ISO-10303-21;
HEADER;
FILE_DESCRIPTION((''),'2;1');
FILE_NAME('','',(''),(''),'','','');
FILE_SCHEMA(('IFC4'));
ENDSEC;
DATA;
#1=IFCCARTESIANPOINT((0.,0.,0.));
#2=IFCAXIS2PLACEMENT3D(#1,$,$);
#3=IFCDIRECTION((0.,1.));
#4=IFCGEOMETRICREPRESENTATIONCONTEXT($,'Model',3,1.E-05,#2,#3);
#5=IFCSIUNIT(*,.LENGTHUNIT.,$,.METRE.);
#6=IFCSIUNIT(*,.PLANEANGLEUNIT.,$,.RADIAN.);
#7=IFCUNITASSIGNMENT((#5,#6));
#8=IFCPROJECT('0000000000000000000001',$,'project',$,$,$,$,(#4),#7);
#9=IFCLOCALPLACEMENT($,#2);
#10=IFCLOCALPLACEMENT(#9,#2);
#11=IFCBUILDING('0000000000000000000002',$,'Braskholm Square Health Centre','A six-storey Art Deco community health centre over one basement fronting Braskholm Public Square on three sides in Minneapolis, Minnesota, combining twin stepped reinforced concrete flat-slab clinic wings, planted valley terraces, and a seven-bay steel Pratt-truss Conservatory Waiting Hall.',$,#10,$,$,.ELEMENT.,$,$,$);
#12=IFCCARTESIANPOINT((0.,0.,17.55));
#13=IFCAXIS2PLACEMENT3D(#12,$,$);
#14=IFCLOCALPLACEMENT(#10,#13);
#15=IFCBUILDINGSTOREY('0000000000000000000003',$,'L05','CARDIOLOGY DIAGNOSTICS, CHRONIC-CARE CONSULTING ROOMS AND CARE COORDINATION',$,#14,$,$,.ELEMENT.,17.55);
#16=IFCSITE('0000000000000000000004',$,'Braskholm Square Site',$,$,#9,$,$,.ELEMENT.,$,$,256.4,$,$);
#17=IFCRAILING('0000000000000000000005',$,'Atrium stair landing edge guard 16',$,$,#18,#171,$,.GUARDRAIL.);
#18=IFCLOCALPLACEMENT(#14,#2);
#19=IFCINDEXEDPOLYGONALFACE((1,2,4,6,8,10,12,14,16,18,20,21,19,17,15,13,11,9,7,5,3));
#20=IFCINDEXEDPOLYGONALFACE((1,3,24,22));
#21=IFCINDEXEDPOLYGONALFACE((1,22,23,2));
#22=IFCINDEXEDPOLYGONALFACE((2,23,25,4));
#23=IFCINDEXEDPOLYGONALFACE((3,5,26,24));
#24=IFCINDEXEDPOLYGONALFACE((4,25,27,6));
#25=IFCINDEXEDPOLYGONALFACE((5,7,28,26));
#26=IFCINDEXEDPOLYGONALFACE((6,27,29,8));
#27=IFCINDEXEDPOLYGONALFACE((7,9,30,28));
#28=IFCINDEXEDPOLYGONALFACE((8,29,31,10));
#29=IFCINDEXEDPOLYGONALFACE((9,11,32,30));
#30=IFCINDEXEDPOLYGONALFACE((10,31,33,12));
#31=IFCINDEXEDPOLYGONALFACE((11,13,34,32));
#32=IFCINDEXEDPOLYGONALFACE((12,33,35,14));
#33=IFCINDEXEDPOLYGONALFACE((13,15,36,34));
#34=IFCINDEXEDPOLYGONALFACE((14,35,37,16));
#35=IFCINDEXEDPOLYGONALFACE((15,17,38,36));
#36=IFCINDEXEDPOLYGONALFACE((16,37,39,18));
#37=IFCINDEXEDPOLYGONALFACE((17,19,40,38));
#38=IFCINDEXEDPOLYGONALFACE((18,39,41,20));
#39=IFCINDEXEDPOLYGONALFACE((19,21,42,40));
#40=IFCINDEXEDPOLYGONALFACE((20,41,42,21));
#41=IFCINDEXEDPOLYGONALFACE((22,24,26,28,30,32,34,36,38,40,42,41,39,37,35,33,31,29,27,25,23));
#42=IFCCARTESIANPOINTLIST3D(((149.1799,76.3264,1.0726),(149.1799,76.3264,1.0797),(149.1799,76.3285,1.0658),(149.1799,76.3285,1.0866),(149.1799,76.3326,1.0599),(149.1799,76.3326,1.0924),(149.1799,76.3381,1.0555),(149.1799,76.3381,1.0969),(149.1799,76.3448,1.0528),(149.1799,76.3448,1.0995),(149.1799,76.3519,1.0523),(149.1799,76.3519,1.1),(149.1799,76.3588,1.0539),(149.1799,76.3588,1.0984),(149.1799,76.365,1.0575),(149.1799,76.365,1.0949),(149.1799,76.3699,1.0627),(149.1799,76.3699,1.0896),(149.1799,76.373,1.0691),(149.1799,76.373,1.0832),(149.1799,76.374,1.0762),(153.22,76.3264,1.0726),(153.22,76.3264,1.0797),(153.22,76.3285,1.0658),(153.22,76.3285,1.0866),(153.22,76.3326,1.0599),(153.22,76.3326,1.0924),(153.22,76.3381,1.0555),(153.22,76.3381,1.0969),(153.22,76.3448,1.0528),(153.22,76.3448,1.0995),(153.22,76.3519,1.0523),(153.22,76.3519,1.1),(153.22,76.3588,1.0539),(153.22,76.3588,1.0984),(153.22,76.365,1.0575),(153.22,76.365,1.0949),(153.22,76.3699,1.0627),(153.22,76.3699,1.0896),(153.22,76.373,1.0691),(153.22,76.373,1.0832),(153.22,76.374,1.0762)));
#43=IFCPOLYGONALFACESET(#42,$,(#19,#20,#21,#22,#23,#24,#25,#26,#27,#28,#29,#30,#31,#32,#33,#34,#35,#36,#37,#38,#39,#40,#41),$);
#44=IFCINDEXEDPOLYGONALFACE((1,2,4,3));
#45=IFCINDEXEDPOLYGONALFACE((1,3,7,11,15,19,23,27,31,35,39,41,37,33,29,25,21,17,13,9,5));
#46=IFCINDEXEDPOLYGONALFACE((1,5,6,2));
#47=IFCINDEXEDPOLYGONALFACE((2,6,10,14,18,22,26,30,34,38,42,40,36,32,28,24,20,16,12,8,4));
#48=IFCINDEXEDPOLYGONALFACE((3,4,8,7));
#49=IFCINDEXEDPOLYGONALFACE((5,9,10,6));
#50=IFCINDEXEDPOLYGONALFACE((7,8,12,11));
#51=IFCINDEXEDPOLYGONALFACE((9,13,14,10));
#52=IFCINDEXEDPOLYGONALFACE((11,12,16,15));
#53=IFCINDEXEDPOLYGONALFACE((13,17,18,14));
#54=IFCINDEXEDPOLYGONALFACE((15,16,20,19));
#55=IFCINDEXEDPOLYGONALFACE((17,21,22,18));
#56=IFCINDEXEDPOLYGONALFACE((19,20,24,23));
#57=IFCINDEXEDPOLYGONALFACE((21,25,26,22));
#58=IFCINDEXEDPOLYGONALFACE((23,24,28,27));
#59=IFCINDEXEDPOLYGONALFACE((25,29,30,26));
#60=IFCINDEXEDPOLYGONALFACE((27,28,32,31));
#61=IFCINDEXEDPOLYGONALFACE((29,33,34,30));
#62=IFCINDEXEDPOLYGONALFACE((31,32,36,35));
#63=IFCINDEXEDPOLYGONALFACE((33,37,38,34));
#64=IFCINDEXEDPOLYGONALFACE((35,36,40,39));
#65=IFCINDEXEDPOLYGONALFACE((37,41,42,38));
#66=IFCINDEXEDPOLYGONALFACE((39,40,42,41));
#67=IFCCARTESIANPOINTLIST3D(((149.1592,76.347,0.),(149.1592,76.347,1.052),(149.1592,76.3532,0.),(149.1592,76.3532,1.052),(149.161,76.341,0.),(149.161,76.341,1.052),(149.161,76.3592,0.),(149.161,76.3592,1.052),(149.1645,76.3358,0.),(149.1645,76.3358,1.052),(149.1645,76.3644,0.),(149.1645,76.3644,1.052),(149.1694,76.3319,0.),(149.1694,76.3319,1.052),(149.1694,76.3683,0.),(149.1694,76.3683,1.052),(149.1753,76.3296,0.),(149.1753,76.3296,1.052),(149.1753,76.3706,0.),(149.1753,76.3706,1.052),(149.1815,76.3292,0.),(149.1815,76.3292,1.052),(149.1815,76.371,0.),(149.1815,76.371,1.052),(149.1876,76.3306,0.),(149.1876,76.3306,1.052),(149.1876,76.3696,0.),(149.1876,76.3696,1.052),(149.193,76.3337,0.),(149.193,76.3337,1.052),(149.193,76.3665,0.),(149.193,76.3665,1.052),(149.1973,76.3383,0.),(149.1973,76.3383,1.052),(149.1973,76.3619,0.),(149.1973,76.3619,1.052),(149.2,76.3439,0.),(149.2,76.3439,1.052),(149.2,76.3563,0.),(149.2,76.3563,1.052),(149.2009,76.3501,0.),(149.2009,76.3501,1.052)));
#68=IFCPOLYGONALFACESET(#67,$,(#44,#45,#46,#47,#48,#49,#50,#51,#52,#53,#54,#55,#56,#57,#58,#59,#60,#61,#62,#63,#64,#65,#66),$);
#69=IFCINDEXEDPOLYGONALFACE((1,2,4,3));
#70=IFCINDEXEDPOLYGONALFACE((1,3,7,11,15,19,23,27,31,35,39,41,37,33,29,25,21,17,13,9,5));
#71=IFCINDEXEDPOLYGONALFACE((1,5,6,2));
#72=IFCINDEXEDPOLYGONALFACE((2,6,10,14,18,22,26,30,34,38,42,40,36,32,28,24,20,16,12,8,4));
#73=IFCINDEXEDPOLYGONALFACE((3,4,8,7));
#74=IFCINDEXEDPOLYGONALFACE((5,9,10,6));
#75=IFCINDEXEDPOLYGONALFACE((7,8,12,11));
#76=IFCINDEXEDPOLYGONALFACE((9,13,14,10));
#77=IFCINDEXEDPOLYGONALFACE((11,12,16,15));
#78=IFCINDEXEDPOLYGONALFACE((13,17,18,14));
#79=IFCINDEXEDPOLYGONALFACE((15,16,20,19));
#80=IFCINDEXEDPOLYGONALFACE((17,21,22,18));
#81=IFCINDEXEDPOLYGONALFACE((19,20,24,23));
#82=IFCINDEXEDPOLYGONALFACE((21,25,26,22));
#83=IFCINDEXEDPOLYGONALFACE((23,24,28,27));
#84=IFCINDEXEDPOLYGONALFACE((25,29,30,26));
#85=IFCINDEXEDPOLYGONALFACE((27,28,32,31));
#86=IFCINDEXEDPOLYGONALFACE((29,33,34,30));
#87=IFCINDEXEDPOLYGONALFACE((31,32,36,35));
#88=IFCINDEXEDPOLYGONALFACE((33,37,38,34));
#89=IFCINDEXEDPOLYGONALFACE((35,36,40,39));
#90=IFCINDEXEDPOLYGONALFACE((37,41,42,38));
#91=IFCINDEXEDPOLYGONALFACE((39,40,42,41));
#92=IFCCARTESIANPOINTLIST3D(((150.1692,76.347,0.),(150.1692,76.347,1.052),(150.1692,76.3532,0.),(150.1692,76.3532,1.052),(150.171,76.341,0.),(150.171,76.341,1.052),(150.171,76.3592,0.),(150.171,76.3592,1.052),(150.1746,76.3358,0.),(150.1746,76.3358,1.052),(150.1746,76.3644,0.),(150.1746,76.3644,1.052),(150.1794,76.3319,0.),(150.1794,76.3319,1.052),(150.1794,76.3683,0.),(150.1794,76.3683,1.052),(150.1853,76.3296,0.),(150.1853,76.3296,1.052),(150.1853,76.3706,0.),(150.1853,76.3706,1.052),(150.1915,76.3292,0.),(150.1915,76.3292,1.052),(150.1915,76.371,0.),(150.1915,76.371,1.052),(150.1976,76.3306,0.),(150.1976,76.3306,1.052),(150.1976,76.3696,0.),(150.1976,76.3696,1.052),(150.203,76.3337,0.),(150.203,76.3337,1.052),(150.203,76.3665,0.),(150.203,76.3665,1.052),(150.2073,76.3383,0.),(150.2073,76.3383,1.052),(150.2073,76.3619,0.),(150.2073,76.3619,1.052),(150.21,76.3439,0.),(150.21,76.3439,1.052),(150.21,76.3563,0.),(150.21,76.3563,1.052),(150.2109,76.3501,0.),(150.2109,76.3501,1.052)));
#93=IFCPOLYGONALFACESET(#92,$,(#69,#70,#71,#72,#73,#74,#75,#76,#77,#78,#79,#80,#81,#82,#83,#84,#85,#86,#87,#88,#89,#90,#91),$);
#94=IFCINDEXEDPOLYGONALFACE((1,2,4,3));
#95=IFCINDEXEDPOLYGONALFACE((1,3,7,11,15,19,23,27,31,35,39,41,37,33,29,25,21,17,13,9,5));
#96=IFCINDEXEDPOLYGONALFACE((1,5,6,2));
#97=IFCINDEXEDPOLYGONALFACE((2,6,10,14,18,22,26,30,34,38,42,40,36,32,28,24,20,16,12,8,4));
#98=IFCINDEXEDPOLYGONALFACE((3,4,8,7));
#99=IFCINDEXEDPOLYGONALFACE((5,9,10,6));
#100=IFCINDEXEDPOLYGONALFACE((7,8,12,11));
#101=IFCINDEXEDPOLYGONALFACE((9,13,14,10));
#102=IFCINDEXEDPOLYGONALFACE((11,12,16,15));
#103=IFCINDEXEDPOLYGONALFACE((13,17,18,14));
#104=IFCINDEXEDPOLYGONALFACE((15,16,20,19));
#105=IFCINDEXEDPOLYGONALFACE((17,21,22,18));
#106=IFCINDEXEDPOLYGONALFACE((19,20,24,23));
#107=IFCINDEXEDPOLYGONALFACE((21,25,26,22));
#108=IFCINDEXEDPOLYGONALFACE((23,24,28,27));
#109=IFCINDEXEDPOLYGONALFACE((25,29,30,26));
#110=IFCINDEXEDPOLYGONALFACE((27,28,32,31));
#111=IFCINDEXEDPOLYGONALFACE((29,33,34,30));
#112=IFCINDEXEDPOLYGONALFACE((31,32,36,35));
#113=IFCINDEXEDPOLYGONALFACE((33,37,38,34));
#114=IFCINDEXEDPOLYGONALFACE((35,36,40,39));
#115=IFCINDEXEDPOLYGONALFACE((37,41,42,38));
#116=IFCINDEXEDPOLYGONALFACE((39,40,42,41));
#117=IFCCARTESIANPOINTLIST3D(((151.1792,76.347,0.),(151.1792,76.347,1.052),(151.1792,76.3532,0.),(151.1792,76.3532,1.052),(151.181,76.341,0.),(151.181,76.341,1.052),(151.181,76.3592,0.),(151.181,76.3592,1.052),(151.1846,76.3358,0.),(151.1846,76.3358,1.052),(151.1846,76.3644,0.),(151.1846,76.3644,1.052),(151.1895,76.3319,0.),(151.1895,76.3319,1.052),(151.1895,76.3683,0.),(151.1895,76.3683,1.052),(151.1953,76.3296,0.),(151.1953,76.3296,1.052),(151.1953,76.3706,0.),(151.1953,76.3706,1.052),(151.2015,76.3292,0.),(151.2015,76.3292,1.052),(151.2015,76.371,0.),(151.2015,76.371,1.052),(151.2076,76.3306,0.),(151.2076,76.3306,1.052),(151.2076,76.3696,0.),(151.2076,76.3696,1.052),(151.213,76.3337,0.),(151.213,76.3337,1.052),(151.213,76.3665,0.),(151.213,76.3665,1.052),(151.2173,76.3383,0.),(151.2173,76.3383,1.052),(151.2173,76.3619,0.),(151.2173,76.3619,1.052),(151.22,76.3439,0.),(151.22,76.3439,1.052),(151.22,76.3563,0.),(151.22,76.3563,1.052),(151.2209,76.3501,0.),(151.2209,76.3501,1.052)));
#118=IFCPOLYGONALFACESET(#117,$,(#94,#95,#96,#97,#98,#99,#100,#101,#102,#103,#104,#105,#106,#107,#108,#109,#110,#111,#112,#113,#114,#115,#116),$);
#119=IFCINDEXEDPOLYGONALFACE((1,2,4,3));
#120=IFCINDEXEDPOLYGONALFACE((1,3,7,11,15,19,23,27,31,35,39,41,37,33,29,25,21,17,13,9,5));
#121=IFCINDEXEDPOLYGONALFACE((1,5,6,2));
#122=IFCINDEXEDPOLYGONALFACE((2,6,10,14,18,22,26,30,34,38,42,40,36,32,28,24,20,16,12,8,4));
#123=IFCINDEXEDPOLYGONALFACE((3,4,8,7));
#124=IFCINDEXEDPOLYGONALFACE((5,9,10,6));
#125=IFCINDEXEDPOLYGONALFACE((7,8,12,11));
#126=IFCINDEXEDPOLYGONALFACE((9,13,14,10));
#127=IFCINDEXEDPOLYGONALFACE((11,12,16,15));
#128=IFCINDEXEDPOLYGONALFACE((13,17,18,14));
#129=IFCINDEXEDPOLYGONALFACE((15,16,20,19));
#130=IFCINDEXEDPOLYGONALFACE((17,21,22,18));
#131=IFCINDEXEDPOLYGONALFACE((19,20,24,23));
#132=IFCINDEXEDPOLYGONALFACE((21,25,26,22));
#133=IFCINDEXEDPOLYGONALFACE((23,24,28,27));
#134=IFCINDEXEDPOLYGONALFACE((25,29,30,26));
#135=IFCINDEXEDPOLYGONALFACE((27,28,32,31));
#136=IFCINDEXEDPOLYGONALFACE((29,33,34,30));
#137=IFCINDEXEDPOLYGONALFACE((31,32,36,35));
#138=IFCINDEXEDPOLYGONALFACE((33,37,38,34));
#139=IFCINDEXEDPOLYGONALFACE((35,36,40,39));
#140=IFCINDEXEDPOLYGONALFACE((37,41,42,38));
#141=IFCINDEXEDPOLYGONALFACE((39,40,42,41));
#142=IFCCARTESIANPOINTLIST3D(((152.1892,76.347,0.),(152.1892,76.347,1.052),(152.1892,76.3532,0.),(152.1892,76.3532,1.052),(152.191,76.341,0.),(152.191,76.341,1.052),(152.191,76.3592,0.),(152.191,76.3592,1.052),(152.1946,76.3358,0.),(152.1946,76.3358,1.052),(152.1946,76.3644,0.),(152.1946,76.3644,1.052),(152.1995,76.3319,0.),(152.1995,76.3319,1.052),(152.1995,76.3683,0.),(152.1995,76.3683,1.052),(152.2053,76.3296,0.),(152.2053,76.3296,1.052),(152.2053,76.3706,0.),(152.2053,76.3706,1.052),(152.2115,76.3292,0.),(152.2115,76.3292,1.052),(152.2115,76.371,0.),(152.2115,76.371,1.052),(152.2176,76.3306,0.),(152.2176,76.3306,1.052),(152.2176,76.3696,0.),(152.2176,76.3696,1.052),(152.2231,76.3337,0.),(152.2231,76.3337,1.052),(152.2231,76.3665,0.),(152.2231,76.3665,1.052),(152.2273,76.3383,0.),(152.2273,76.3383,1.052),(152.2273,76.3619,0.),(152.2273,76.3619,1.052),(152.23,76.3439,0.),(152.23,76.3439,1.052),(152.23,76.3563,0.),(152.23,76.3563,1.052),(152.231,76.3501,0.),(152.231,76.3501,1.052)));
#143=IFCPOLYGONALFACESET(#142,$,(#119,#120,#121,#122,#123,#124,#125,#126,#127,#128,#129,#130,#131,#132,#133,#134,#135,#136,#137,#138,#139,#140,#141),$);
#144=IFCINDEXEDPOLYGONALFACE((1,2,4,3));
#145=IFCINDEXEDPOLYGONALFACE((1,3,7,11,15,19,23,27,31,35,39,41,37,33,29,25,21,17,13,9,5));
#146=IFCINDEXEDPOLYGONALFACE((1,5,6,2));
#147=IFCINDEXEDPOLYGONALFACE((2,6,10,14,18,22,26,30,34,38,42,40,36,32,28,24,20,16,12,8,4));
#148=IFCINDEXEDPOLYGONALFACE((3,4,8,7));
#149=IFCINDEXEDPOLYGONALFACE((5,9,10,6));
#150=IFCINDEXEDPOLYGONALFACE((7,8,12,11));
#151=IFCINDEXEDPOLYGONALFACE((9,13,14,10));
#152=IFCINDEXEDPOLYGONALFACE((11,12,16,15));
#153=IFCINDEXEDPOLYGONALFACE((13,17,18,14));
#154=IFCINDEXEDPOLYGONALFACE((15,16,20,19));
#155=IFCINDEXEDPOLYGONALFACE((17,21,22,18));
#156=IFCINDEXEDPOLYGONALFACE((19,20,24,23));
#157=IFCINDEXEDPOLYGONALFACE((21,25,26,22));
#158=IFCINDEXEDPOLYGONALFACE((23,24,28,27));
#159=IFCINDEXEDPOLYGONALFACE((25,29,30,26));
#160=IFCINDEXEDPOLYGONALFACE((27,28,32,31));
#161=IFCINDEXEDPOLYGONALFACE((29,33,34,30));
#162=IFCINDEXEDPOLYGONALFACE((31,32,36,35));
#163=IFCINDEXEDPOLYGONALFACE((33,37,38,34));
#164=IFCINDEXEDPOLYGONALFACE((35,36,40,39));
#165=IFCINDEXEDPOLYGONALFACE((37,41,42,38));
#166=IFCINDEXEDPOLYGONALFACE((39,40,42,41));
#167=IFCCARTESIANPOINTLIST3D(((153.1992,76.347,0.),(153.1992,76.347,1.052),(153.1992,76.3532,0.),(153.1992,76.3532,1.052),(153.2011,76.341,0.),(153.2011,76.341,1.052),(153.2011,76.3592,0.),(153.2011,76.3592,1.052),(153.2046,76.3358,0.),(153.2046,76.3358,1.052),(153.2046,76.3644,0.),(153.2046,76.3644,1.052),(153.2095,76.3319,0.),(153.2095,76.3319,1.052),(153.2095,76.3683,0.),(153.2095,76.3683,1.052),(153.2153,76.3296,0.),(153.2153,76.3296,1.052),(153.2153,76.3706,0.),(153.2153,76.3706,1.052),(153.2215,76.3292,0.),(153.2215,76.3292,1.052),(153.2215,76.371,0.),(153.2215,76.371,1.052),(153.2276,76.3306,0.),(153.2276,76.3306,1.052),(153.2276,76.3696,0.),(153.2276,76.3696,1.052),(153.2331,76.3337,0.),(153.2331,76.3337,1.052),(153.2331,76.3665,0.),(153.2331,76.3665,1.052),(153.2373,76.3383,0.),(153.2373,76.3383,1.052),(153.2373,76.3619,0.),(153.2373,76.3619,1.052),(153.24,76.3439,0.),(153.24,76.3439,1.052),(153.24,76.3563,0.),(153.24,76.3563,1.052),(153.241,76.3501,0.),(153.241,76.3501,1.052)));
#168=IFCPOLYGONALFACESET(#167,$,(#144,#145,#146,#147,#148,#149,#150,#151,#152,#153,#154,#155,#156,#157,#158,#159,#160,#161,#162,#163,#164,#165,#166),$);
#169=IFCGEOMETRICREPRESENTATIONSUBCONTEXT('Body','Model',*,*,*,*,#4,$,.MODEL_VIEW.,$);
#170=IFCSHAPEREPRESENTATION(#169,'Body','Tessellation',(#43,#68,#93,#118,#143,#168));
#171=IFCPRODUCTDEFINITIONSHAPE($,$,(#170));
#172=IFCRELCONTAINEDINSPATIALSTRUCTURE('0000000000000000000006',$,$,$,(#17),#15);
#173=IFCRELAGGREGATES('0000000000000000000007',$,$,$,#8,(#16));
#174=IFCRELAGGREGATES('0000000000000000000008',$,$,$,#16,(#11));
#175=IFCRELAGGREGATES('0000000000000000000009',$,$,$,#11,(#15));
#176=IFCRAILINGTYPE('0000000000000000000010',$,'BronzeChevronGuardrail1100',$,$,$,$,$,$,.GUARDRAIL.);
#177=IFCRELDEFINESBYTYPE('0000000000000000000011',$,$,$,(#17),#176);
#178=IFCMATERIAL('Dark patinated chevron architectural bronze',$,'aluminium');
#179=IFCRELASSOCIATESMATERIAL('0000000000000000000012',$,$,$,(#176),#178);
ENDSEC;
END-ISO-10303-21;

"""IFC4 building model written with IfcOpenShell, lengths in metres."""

from ifc_helpers import new_model, si_unit, direction, frame, origin, origin_2d, place, context, subcontext, project, spatial, circle, extrude, material, type_object, element, save


model = new_model("IFC4")

# Units and contexts
model_context = context("Model", 3, precision=1e-05, world=origin(), true_north=direction((0.0, 1.0)))
body_context = subcontext(model_context, "Body", "Model", "MODEL_VIEW")
ifc_project = project(units=[si_unit("LENGTHUNIT", "METRE"), si_unit("PLANEANGLEUNIT", "RADIAN")], contexts=[model_context])

# Site, building, storey
site_placement = place(None, origin())
site = spatial("IfcSite", under=ifc_project, at=site_placement, Name="Braskholm Square Site", CompositionType="ELEMENT", RefElevation=256.4)
building_placement = place(site_placement, origin())
building = spatial("IfcBuilding", under=site, at=building_placement, Name="Braskholm Square Health Centre", Description="A six-storey Art Deco community health centre over one basement fronting Braskholm Public Square on three sides in Minneapolis, Minnesota, combining twin stepped reinforced concrete flat-slab clinic wings, planted valley terraces, and a seven-bay steel Pratt-truss Conservatory Waiting Hall.", CompositionType="ELEMENT")
storey_placement = place(building_placement, frame((0.0, 0.0, 17.55)))
storey = spatial("IfcBuildingStorey", under=building, at=storey_placement, Name="L05", Description="CARDIOLOGY DIAGNOSTICS, CHRONIC-CARE CONSULTING ROOMS AND CARE COORDINATION", CompositionType="ELEMENT", Elevation=17.55)

# Railing
ifc_material_1 = material(Name="Dark patinated chevron architectural bronze", Category="aluminium")
railing_type = type_object("IfcRailingType", Name="BronzeChevronGuardrail1100", PredefinedType="GUARDRAIL", material=ifc_material_1)
railing_placement = place(storey_placement, frame((149.1799, 76.3501, 0.0)))
element("IfcRailing", 1, at=railing_placement, inside=storey, type_object=railing_type, Name="Atrium stair landing edge guard 16", PredefinedType="GUARDRAIL", context=body_context, shape_type="SweptSolid", body=[
    extrude(circle(Radius=0.0239, at=origin_2d()), frame((0.0, 0.0, 1.0762), z_axis=(1.0, 0.0, 0.0), x_axis=(0.0, 1.0, 0.0)), (0.0, 0.0, 1.0), 4.04),
    extrude(circle(Radius=0.021, at=origin_2d()), origin(), (0.0, 0.0, 1.0), 1.052),
    extrude(circle(Radius=0.021, at=origin_2d()), frame((1.01, 0.0, 0.0)), (0.0, 0.0, 1.0), 1.052),
    extrude(circle(Radius=0.021, at=origin_2d()), frame((2.02, 0.0, 0.0)), (0.0, 0.0, 1.0), 1.052),
    extrude(circle(Radius=0.021, at=origin_2d()), frame((3.03, 0.0, 0.0)), (0.0, 0.0, 1.0), 1.052),
    extrude(circle(Radius=0.021, at=origin_2d()), frame((4.04, 0.0, 0.0)), (0.0, 0.0, 1.0), 1.052),
])

save(model, "model.ifc")
